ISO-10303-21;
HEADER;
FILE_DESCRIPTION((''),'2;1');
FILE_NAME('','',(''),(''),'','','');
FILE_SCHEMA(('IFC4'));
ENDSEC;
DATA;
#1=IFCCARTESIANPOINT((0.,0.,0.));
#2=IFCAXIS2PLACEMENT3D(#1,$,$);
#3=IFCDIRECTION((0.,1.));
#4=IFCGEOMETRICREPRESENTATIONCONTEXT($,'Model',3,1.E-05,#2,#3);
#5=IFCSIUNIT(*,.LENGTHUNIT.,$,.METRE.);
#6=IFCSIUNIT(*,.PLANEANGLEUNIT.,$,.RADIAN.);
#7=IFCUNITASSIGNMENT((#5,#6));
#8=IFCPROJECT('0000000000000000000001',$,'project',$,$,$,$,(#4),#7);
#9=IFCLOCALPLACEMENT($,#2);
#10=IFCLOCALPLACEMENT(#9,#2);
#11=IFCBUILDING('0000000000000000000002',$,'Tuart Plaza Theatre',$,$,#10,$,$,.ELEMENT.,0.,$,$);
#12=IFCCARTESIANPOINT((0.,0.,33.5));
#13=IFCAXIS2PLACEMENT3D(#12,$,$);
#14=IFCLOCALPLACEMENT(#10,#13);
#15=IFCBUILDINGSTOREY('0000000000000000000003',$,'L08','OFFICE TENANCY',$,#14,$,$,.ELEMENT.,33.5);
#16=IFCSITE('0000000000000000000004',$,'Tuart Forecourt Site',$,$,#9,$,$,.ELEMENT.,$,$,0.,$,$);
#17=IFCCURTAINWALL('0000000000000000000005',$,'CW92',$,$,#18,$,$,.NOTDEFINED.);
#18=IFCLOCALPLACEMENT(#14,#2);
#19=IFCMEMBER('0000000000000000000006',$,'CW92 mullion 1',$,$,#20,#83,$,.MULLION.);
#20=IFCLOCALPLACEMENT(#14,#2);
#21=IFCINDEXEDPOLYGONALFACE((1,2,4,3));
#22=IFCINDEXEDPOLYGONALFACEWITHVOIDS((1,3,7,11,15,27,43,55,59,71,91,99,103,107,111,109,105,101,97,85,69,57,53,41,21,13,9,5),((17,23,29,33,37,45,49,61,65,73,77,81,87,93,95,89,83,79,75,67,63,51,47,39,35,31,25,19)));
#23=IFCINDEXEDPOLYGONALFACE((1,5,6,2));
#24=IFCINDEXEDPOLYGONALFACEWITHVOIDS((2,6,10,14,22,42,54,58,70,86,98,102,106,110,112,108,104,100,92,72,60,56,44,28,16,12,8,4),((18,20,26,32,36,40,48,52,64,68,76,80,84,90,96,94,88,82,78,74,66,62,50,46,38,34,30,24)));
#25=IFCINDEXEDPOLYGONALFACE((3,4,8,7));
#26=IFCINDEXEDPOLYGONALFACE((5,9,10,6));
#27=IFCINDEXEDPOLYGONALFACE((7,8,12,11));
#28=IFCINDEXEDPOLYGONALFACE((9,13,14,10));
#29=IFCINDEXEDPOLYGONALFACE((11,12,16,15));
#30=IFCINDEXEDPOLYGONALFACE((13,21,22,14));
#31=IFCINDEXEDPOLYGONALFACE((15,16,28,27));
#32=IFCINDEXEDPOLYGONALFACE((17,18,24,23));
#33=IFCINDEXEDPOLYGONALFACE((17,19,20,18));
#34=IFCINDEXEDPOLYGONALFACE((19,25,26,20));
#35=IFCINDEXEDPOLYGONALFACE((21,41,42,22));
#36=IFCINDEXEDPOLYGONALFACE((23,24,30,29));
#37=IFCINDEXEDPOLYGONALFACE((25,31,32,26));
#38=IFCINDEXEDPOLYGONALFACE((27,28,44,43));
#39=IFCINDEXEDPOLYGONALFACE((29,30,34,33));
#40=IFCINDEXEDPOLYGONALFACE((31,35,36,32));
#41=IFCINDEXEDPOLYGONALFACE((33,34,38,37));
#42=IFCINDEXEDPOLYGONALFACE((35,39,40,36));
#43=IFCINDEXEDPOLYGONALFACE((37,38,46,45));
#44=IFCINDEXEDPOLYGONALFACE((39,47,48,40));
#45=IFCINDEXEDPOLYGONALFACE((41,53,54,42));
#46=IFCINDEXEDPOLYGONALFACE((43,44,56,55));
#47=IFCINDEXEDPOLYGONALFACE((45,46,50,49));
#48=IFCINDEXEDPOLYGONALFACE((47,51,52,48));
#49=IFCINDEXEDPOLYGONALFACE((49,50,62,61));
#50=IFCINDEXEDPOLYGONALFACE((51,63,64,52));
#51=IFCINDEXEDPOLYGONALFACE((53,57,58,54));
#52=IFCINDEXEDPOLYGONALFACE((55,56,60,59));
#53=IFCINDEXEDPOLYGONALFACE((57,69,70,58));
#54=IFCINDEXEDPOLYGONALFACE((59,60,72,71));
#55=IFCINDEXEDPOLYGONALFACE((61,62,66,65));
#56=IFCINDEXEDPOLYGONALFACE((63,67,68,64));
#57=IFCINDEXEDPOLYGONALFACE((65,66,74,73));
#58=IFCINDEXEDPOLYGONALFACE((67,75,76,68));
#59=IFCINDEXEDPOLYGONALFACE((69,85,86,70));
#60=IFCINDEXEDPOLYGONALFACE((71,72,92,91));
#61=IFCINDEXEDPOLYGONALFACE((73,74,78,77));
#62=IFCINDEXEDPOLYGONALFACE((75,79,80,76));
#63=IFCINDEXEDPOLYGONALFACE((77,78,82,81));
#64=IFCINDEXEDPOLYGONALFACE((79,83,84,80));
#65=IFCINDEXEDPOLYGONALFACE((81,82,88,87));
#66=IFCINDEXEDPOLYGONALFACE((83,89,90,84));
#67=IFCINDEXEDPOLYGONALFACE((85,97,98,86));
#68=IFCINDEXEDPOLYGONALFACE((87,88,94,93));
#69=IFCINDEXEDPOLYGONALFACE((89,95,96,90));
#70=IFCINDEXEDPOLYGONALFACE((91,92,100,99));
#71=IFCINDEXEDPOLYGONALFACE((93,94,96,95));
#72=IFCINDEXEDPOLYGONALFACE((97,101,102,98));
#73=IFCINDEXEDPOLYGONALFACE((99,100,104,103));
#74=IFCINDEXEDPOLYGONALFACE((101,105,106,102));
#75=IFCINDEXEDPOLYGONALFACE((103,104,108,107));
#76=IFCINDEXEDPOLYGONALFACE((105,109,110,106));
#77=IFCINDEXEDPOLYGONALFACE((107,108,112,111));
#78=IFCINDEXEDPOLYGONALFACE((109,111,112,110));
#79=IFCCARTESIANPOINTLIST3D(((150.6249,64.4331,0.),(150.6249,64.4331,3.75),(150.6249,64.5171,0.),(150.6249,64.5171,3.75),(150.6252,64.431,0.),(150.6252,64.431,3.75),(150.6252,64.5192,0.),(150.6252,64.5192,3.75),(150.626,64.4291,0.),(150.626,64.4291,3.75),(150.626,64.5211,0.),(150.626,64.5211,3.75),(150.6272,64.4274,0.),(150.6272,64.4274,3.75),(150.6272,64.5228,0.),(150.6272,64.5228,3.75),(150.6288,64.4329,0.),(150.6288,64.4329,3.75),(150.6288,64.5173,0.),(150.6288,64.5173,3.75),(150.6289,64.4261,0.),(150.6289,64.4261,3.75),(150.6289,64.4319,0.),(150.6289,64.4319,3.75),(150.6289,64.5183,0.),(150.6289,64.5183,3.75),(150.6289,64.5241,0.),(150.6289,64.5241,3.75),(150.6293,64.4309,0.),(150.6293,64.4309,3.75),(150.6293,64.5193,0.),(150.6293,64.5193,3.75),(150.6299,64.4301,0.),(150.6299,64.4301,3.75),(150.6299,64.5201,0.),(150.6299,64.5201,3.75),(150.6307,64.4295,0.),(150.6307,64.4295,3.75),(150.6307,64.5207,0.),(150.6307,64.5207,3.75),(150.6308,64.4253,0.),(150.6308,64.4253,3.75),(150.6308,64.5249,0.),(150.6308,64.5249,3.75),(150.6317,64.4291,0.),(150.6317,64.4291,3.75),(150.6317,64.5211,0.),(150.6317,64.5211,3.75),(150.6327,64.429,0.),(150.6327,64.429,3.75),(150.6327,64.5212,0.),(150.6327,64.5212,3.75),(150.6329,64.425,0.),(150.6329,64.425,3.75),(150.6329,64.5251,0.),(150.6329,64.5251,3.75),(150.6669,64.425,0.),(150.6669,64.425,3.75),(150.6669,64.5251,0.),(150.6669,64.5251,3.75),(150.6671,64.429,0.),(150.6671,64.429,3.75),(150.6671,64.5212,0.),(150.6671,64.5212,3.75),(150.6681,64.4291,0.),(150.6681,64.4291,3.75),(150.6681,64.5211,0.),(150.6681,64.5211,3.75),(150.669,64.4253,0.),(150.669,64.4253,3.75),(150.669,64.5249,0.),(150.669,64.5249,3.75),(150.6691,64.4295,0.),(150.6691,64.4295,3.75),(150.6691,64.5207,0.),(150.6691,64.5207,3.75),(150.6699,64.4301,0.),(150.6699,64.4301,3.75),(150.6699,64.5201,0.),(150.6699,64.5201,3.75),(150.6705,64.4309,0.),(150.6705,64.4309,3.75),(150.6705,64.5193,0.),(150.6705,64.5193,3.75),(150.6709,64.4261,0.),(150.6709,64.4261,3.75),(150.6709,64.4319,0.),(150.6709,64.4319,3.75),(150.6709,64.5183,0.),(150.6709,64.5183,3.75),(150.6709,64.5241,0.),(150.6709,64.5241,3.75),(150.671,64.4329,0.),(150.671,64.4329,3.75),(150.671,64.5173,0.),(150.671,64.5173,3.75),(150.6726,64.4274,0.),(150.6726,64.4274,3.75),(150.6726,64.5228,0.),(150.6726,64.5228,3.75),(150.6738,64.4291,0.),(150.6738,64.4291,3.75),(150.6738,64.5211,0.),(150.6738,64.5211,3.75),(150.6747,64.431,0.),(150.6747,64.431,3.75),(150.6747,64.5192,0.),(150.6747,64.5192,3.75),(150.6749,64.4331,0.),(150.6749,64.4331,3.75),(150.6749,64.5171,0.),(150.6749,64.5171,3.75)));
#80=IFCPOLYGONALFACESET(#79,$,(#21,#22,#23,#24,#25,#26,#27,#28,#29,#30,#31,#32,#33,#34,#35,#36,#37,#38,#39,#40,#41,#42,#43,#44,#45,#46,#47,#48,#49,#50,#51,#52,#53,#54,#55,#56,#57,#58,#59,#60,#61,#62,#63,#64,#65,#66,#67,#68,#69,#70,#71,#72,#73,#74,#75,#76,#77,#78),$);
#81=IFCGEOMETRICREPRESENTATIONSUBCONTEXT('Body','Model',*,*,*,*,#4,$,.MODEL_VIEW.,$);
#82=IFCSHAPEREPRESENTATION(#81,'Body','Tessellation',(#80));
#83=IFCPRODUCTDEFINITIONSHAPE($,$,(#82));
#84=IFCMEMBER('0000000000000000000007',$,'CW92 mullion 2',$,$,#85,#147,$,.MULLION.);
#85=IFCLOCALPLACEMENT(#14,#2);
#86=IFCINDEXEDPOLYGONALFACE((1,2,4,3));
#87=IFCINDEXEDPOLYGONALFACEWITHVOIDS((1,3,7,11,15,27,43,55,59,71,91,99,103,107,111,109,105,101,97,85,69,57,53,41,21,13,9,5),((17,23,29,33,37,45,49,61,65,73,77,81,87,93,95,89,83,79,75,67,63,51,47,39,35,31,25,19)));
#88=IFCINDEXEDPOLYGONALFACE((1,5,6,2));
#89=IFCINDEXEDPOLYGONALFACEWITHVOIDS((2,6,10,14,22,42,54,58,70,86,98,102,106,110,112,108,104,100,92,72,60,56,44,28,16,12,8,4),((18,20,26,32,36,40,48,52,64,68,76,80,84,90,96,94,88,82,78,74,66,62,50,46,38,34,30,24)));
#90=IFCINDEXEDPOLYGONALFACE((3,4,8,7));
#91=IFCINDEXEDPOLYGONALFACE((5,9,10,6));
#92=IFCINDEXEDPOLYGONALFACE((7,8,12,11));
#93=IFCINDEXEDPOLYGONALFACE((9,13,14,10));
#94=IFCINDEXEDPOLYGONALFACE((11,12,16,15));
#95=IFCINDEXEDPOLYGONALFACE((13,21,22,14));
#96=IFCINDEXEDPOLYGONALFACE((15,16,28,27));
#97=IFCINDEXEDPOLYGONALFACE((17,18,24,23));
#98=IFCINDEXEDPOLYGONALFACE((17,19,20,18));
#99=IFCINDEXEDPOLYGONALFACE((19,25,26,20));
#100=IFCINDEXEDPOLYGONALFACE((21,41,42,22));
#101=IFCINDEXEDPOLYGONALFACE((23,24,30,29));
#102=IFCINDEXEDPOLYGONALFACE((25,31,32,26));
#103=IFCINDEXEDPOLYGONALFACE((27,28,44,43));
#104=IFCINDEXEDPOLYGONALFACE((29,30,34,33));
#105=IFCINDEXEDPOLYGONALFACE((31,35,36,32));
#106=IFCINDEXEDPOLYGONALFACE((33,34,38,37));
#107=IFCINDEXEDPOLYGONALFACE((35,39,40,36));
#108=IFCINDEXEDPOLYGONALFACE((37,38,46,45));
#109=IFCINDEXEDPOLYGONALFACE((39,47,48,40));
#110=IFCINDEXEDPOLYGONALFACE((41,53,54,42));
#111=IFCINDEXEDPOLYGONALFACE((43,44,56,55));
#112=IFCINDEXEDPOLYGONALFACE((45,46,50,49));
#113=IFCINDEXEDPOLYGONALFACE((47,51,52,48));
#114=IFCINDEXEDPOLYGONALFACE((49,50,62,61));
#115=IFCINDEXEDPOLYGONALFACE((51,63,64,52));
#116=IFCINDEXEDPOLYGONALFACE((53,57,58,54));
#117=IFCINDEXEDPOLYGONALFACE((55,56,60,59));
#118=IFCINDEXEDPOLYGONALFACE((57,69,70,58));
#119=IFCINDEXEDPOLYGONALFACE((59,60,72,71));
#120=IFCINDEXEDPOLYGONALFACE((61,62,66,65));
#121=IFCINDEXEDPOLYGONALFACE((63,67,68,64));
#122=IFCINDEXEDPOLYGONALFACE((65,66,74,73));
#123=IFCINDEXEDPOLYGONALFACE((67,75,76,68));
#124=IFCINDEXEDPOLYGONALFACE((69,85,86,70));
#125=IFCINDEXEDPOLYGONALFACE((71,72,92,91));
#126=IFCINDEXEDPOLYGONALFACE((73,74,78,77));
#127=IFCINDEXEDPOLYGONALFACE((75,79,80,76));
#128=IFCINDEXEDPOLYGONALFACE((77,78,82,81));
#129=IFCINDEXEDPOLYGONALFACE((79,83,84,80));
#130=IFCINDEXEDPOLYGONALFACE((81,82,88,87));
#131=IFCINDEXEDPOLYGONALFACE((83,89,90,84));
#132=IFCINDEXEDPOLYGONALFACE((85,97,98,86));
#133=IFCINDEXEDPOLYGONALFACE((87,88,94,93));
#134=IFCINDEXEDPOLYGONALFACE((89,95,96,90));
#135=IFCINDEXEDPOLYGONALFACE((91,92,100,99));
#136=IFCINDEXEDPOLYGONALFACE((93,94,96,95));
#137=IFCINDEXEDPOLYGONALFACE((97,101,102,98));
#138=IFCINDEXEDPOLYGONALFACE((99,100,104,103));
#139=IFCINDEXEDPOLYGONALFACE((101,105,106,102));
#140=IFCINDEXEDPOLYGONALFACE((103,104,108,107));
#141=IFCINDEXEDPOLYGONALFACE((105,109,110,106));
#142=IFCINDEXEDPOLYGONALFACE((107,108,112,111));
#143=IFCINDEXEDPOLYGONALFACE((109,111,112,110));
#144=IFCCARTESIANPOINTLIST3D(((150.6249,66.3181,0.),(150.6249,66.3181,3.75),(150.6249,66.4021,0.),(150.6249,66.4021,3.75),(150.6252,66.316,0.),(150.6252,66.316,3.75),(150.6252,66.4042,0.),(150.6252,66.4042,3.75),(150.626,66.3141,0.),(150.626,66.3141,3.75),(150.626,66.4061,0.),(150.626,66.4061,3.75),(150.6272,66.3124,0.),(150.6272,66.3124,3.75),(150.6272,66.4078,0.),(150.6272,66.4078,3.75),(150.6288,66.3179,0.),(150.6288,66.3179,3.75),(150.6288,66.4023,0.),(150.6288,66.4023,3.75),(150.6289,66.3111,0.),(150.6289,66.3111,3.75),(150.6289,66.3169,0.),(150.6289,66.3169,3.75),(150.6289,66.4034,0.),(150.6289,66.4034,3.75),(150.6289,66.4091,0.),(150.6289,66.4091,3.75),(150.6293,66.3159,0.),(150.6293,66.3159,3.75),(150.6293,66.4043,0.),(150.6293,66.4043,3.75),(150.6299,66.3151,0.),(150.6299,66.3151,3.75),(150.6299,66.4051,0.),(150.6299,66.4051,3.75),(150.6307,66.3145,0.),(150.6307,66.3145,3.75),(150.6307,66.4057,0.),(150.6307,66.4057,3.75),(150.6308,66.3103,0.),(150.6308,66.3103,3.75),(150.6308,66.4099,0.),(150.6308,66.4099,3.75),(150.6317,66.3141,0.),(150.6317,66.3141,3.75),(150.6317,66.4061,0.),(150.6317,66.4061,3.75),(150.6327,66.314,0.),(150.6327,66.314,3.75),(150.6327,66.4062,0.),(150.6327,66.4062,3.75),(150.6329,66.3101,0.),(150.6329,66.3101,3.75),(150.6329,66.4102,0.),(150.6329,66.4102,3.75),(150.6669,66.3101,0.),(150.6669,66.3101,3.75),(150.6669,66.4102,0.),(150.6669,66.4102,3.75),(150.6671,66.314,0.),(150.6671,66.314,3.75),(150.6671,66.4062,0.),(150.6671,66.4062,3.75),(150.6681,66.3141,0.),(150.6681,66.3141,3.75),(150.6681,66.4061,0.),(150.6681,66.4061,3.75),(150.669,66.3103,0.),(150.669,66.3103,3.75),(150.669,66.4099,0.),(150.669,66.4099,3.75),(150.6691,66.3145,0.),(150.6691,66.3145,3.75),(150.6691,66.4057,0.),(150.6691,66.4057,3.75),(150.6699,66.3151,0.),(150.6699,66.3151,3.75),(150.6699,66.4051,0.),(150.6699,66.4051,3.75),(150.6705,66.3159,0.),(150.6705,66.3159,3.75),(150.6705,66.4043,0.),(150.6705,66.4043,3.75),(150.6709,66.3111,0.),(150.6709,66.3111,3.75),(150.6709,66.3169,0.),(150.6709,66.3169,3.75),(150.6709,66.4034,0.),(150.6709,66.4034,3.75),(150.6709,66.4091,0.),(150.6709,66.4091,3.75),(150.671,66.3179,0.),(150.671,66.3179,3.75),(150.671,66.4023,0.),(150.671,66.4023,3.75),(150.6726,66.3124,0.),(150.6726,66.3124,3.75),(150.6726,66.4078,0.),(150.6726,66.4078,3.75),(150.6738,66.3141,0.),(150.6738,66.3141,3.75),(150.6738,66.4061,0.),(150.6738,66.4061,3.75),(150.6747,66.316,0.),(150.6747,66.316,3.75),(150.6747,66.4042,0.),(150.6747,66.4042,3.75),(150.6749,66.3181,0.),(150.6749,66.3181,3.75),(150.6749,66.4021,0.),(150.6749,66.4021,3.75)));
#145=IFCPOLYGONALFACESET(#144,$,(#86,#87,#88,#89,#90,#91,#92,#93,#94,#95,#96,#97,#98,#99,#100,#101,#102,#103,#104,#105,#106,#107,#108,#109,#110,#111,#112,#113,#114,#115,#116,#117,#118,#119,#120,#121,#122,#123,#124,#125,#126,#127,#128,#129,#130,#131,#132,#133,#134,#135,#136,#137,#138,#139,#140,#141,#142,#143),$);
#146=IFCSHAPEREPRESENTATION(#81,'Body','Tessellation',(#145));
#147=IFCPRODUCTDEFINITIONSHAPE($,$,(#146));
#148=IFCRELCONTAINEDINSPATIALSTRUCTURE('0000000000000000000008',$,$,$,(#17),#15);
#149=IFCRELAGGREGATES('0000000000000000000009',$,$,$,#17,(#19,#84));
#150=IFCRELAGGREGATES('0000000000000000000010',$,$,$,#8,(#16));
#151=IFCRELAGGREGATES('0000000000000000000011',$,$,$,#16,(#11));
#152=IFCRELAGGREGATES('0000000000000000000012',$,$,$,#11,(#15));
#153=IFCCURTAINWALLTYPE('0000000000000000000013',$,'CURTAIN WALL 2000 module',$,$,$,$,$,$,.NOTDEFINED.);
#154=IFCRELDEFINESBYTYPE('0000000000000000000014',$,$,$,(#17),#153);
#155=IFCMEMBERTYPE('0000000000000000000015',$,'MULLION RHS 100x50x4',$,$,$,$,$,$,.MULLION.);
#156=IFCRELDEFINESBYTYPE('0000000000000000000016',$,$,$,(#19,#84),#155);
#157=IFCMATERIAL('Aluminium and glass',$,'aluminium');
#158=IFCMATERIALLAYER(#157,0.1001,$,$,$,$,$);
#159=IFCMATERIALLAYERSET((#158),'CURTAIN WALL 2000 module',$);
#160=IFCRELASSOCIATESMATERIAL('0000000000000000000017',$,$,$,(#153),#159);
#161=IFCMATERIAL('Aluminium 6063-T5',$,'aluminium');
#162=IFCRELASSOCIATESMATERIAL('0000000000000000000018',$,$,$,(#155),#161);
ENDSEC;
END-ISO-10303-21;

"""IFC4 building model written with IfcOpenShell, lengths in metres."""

from ifc_helpers import new_model, si_unit, direction, frame, origin, origin_2d, place, context, subcontext, project, spatial, hollow_rectangle, extrude, material, layer, layer_set, material_profile, profile_set, type_object, element, aggregate, save


model = new_model("IFC4")

# Units and contexts
model_context = context("Model", 3, precision=1e-05, world=origin(), true_north=direction((0.0, 1.0)))
body_context = subcontext(model_context, "Body", "Model", "MODEL_VIEW")
ifc_project = project(units=[si_unit("LENGTHUNIT", "METRE"), si_unit("PLANEANGLEUNIT", "RADIAN")], contexts=[model_context])

# Site, building, storey
site_placement = place(None, origin())
site = spatial("IfcSite", under=ifc_project, at=site_placement, Name="Tuart Forecourt Site", CompositionType="ELEMENT", RefElevation=0.0)
building_placement = place(site_placement, origin())
building = spatial("IfcBuilding", under=site, at=building_placement, Name="Tuart Plaza Theatre", CompositionType="ELEMENT", ElevationOfRefHeight=0.0)
storey_placement = place(building_placement, frame((0.0, 0.0, 33.5)))
storey = spatial("IfcBuildingStorey", under=building, at=storey_placement, Name="L08", Description="OFFICE TENANCY", CompositionType="ELEMENT", Elevation=33.5)

# Curtain wall, members
ifc_material_1 = material(Name="Aluminium and glass", Category="aluminium")
ifc_layer_1 = layer(ifc_material_1, 0.1001)
ifc_layer_set_1 = layer_set([ifc_layer_1], Name="CURTAIN WALL 2000 module")
curtain_wall_type = type_object("IfcCurtainWallType", Name="CURTAIN WALL 2000 module", PredefinedType="NOTDEFINED", material=ifc_layer_set_1)
ifc_material_2 = material(Name="Aluminium 6063-T5", Category="aluminium")
ifc_material_profile_1 = material_profile(ifc_material_2, hollow_rectangle(XDim=0.05, YDim=0.1001, WallThickness=0.0039, InnerFilletRadius=0.0039, OuterFilletRadius=0.0081, at=origin_2d()), Name="RHS 100x50x4")
ifc_profile_set_1 = profile_set([ifc_material_profile_1], Name="Aluminium 6063-T5")
member_type_1 = type_object("IfcMemberType", Name="MULLION RHS 100x50x4", PredefinedType="MULLION", material=ifc_profile_set_1)
curtain_wall_1_placement = place(storey_placement, origin())
curtain_wall_1 = element("IfcCurtainWall", 1, at=curtain_wall_1_placement, inside=storey, type_object=curtain_wall_type, Name="CW92", PredefinedType="NOTDEFINED")
member_1_placement = place(storey_placement, frame((150.6499, 64.4751, 0.0), z_axis=(0.0, 0.0, 1.0), x_axis=(-1.0, 0.0, 0.0)))
member_1 = element("IfcMember", 2, at=member_1_placement, type_object=member_type_1, Name="CW92 mullion 1", PredefinedType="MULLION", context=body_context, shape_type="SweptSolid", body=[
    extrude(hollow_rectangle(XDim=0.05, YDim=0.1001, WallThickness=0.0039, InnerFilletRadius=0.0039, OuterFilletRadius=0.0081, at=origin_2d()), origin(), (0.0, 0.0, 1.0), 3.75),
])
member_2_placement = place(storey_placement, frame((150.6499, 66.3601, 0.0), z_axis=(0.0, 0.0, 1.0), x_axis=(-1.0, 0.0, 0.0)))
member_2 = element("IfcMember", 3, at=member_2_placement, type_object=member_type_1, Name="CW92 mullion 2", PredefinedType="MULLION", context=body_context, shape_type="SweptSolid", body=[
    extrude(hollow_rectangle(XDim=0.05, YDim=0.1001, WallThickness=0.0039, InnerFilletRadius=0.0039, OuterFilletRadius=0.0081, at=origin_2d()), origin(), (0.0, 0.0, 1.0), 3.75),
])

aggregate(curtain_wall_1, [member_1, member_2])

save(model, "model.ifc")
